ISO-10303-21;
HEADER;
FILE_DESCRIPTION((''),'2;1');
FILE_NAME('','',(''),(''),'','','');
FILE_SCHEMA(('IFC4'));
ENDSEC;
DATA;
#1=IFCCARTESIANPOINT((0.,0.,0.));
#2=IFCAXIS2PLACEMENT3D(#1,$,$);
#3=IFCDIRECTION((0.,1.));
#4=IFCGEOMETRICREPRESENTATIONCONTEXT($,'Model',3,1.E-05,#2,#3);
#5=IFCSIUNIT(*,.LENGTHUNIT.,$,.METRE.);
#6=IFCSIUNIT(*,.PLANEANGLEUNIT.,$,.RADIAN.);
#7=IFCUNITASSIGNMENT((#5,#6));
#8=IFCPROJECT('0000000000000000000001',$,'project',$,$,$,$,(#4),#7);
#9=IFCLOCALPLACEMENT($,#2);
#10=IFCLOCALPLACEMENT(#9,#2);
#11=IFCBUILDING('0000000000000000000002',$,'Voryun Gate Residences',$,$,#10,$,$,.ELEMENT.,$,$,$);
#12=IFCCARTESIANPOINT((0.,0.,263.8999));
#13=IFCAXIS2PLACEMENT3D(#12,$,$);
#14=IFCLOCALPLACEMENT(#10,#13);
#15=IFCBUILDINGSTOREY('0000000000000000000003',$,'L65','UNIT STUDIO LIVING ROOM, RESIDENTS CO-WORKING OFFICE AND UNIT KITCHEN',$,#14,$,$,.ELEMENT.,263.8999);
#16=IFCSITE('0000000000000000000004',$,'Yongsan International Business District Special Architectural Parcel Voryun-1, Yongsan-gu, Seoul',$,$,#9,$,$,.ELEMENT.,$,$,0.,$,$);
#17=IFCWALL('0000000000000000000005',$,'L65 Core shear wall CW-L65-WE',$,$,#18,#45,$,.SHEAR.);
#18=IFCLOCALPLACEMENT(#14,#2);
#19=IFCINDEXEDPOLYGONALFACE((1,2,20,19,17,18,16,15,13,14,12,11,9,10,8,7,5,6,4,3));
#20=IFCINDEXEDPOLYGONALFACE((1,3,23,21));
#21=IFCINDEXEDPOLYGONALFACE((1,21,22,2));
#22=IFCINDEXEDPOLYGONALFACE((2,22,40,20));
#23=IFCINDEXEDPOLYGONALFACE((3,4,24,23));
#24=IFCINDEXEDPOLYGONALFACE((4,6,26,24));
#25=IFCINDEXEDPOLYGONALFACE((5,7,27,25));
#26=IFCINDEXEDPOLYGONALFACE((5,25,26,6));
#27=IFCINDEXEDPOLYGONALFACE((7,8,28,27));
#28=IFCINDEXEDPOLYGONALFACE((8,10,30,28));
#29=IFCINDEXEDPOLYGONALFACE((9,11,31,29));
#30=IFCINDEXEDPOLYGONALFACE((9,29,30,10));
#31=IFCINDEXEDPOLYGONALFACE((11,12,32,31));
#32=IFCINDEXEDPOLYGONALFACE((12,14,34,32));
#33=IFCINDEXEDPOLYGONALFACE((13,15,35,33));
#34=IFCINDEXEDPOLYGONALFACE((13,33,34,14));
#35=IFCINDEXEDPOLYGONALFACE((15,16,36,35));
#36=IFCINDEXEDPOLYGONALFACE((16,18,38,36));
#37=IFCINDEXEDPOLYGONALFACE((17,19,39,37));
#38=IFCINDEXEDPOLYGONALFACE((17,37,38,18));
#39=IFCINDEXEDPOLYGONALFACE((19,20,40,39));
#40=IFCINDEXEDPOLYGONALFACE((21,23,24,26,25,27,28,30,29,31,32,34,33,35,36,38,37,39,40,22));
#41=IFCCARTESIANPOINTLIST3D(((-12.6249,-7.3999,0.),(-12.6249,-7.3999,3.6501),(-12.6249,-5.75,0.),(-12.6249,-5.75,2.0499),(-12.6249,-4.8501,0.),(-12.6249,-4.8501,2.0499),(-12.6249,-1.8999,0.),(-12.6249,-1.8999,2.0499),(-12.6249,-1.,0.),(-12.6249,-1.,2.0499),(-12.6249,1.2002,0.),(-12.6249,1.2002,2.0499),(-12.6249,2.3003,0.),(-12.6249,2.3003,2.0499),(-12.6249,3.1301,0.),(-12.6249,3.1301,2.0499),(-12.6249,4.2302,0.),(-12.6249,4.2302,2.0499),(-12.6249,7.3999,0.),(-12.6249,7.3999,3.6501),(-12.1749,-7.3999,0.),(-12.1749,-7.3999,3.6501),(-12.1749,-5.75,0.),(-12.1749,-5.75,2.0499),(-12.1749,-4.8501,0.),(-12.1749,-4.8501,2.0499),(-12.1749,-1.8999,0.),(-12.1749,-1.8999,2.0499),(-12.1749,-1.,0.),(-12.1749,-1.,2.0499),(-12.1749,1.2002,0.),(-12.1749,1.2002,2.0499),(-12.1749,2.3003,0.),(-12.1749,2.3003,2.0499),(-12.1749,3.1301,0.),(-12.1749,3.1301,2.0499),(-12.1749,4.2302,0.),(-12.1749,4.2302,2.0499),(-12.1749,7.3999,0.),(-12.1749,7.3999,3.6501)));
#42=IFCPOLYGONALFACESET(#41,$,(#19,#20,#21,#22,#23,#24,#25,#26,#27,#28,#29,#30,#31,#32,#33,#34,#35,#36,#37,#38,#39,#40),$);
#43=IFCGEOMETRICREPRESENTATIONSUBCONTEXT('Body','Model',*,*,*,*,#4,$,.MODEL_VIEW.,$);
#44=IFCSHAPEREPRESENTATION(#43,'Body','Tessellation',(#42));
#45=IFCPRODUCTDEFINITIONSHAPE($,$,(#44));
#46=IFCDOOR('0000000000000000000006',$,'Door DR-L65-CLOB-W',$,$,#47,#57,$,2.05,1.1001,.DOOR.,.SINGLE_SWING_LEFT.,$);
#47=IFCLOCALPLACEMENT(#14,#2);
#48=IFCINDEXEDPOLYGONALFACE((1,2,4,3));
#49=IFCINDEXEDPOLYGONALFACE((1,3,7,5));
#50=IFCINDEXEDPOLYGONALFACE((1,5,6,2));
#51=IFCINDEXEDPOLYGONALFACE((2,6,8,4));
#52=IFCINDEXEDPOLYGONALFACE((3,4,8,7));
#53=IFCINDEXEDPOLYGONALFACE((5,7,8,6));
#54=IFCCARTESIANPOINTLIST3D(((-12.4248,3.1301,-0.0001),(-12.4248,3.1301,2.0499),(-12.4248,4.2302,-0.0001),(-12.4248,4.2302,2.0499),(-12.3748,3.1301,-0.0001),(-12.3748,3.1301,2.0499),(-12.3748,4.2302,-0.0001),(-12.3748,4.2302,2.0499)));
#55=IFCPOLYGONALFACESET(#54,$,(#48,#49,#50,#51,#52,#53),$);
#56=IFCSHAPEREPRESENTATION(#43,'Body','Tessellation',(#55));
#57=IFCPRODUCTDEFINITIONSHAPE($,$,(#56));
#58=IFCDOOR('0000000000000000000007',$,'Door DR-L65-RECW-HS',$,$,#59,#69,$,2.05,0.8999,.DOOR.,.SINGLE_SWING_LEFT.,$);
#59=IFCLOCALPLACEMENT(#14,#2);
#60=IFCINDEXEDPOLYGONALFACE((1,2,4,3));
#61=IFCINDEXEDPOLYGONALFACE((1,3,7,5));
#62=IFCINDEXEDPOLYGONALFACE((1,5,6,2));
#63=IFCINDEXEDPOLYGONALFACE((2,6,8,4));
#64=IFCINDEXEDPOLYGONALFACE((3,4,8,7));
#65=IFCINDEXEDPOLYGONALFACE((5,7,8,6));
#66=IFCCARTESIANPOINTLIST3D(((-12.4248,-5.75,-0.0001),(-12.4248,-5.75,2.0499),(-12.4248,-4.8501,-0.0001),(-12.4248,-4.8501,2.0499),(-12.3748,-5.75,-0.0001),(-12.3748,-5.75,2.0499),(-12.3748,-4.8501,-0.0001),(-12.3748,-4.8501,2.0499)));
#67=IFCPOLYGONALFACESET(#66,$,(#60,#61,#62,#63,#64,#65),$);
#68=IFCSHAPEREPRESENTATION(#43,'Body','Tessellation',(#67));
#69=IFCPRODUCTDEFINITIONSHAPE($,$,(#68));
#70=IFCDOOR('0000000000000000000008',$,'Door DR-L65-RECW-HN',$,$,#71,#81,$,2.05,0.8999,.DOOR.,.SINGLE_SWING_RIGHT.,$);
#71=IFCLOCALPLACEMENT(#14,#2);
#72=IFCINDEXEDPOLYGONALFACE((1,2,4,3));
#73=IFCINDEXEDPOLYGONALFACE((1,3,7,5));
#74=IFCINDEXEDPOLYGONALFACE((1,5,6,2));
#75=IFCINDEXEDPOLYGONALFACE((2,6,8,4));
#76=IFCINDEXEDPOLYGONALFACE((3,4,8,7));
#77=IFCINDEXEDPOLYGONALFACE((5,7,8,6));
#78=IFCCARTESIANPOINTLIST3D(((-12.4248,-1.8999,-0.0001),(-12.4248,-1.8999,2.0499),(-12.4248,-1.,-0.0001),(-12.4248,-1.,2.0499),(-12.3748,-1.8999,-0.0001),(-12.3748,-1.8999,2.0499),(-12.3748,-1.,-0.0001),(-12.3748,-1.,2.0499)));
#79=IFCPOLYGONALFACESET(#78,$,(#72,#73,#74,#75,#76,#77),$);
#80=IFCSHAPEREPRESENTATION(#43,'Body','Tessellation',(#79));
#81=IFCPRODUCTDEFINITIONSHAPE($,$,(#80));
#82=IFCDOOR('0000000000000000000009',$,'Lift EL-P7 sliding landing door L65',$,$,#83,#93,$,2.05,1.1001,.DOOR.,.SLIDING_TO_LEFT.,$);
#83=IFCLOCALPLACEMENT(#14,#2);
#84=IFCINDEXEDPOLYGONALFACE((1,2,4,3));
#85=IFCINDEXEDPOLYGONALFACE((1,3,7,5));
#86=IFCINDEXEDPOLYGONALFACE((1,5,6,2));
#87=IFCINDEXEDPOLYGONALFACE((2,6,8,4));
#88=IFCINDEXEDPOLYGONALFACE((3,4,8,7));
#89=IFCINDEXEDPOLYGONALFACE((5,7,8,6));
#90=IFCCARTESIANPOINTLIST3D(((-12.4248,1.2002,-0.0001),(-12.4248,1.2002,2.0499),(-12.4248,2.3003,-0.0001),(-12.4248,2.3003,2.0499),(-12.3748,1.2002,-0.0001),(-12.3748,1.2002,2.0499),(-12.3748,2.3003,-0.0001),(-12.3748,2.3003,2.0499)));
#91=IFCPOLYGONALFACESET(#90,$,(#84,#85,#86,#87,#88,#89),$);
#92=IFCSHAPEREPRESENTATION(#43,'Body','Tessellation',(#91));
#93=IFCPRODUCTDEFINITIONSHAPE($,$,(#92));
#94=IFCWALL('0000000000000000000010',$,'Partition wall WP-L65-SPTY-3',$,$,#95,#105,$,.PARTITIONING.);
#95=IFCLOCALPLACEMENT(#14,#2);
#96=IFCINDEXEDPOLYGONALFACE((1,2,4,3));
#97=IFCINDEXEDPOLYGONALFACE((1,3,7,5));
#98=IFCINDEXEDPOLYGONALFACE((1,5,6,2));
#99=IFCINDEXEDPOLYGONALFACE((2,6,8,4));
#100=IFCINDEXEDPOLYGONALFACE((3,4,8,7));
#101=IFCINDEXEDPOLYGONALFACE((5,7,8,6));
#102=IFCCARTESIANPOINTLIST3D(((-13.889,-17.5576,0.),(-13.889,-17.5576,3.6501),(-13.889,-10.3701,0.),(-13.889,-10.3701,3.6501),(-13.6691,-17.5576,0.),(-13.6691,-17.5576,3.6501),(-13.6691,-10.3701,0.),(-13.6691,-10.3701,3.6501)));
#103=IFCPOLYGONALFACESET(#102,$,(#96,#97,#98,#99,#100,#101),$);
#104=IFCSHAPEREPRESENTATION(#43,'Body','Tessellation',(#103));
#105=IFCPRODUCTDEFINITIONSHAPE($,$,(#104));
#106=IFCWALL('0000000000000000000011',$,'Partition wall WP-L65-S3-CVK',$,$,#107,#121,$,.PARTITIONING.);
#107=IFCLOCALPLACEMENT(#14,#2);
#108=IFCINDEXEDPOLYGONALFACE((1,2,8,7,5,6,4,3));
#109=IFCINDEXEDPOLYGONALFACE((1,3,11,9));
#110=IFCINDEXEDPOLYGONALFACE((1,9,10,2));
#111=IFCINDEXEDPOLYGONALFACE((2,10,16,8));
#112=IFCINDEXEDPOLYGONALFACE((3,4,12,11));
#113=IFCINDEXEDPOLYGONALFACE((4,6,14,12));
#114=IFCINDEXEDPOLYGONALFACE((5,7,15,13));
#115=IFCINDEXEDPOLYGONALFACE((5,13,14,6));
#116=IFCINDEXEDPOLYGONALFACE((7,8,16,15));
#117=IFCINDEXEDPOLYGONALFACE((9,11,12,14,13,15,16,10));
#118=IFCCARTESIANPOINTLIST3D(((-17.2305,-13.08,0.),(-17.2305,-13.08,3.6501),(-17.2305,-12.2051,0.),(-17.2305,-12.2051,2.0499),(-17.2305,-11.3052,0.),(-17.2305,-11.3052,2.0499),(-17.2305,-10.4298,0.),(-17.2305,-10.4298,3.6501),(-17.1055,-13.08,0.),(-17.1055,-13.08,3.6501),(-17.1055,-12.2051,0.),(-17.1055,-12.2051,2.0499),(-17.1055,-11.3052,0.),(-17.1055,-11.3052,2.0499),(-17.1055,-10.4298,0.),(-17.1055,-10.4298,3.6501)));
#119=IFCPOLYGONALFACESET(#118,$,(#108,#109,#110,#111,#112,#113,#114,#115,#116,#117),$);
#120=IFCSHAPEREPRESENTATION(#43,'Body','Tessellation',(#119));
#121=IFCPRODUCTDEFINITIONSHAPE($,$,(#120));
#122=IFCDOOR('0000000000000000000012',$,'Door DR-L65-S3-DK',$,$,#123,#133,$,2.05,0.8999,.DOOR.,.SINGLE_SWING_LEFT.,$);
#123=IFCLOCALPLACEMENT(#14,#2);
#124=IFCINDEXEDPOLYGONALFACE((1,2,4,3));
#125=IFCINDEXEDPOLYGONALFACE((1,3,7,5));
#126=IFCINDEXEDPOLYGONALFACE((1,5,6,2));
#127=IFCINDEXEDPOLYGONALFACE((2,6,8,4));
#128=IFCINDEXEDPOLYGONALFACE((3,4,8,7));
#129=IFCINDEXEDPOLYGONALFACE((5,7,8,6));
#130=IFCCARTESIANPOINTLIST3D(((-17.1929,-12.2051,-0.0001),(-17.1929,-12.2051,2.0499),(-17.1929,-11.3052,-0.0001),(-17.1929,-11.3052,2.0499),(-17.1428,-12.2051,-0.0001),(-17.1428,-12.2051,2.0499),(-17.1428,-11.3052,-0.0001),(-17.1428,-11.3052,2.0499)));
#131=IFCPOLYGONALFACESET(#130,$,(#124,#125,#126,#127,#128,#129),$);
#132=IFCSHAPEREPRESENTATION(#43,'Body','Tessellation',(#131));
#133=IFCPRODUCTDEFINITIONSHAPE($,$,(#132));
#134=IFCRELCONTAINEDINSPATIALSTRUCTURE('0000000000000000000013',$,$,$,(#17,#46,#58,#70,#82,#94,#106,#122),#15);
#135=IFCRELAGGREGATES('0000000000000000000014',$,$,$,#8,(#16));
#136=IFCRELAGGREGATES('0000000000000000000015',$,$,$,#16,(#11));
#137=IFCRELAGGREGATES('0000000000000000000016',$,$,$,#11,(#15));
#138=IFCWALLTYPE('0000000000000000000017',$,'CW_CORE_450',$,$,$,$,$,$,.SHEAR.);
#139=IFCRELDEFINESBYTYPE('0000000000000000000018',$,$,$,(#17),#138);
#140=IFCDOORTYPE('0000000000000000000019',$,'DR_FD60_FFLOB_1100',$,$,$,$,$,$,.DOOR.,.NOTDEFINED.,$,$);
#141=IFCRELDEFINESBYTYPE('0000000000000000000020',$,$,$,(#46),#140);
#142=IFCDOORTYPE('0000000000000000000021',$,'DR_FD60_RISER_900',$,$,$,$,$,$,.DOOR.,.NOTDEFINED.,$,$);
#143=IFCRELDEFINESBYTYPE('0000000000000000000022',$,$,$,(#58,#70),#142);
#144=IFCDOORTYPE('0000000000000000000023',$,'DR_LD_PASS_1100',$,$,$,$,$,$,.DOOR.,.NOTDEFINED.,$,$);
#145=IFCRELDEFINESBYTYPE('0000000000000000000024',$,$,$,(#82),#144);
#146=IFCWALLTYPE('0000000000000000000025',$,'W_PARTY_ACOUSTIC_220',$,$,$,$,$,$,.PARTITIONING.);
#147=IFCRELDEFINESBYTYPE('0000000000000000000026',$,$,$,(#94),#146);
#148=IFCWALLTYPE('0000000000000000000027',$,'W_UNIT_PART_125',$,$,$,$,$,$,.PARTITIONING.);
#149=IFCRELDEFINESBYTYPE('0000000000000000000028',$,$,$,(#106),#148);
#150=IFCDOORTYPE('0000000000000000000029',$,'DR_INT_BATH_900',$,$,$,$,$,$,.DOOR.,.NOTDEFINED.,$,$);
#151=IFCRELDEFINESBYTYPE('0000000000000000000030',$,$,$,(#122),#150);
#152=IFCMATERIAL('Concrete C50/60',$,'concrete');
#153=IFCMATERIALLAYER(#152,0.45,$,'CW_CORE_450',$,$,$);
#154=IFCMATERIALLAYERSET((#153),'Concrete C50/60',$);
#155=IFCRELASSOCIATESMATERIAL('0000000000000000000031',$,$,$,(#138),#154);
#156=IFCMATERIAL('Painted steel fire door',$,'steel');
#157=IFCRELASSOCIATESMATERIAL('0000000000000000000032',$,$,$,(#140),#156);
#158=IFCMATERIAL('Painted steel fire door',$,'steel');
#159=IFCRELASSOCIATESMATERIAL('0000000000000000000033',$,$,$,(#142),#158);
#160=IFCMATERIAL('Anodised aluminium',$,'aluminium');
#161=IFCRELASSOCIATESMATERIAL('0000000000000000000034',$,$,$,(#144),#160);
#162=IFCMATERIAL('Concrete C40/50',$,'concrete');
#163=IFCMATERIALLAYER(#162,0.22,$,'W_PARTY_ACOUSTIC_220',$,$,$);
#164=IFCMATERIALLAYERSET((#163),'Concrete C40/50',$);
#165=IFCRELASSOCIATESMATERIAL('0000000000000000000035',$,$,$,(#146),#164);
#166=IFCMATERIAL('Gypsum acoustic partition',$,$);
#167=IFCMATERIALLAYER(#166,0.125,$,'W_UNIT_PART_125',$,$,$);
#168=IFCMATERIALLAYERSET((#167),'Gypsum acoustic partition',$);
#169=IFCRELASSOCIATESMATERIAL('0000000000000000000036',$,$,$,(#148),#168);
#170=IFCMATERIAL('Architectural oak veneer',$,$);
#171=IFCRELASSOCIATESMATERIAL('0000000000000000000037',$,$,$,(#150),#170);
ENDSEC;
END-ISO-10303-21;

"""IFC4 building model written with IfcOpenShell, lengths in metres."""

from ifc_helpers import new_model, si_unit, direction, frame, frame_2d, origin, place, context, subcontext, project, spatial, rectangle, extrude, material, layer, layer_set, type_object, element, fill, save


model = new_model("IFC4")

# Units and contexts
model_context = context("Model", 3, precision=1e-05, world=origin(), true_north=direction((0.0, 1.0)))
body_context = subcontext(model_context, "Body", "Model", "MODEL_VIEW")
ifc_project = project(units=[si_unit("LENGTHUNIT", "METRE"), si_unit("PLANEANGLEUNIT", "RADIAN")], contexts=[model_context])

# Site, building, storey
site_placement = place(None, origin())
site = spatial("IfcSite", under=ifc_project, at=site_placement, Name="Yongsan International Business District Special Architectural Parcel Voryun-1, Yongsan-gu, Seoul", CompositionType="ELEMENT", RefElevation=0.0)
building_placement = place(site_placement, origin())
building = spatial("IfcBuilding", under=site, at=building_placement, Name="Voryun Gate Residences", CompositionType="ELEMENT")
storey_placement = place(building_placement, frame((0.0, 0.0, 263.8999)))
storey = spatial("IfcBuildingStorey", under=building, at=storey_placement, Name="L65", Description="UNIT STUDIO LIVING ROOM, RESIDENTS CO-WORKING OFFICE AND UNIT KITCHEN", CompositionType="ELEMENT", Elevation=263.8999)

# Wall, openings, doors
ifc_material_1 = material(Name="Concrete C50/60", Category="concrete")
ifc_layer_1 = layer(ifc_material_1, 0.45, Name="CW_CORE_450")
ifc_layer_set_1 = layer_set([ifc_layer_1], Name="Concrete C50/60")
wall_type_1 = type_object("IfcWallType", Name="CW_CORE_450", PredefinedType="SHEAR", material=ifc_layer_set_1)
wall_1_placement = place(storey_placement, frame((-12.3999, -7.3999, 0.0), z_axis=(0.0, 0.0, 1.0), x_axis=(0.0, 1.0, 0.0)))
wall_1 = element("IfcWall", 1, at=wall_1_placement, inside=storey, type_object=wall_type_1, Name="L65 Core shear wall CW-L65-WE", PredefinedType="SHEAR", context=body_context, shape_type="SweptSolid", body=[
    extrude(rectangle(XDim=14.7998, YDim=0.45, at=frame_2d((7.3999, 0.0))), origin(), (0.0, 0.0, 1.0), 3.6501),
])
opening_1_placement = place(wall_1_placement, frame((8.6001, 0.0, 0.0)))
opening_1 = element("IfcOpeningElement", 2, at=opening_1_placement, cuts=wall_1, PredefinedType="OPENING", context=body_context, shape_type="SweptSolid", body=[
    extrude(rectangle(XDim=1.1001, YDim=2.05, at=frame_2d((0.55, 1.0249))), frame((0.0, 0.2351, 0.0), z_axis=(0.0, -1.0, 0.0), x_axis=(1.0, 0.0, 0.0)), (0.0, 0.0, 1.0), 0.47),
])
opening_2_placement = place(wall_1_placement, frame((10.53, 0.0, 0.0)))
opening_2 = element("IfcOpeningElement", 3, at=opening_2_placement, cuts=wall_1, PredefinedType="OPENING", context=body_context, shape_type="SweptSolid", body=[
    extrude(rectangle(XDim=1.1001, YDim=2.05, at=frame_2d((0.55, 1.0249))), frame((0.0, 0.2351, 0.0), z_axis=(0.0, -1.0, 0.0), x_axis=(1.0, 0.0, 0.0)), (0.0, 0.0, 1.0), 0.47),
])
opening_3_placement = place(wall_1_placement, frame((1.6499, 0.0, 0.0)))
opening_3 = element("IfcOpeningElement", 4, at=opening_3_placement, cuts=wall_1, PredefinedType="OPENING", context=body_context, shape_type="SweptSolid", body=[
    extrude(rectangle(XDim=0.8999, YDim=2.05, at=frame_2d((0.45, 1.0249))), frame((0.0, 0.2351, 0.0), z_axis=(0.0, -1.0, 0.0), x_axis=(1.0, 0.0, 0.0)), (0.0, 0.0, 1.0), 0.47),
])
opening_4_placement = place(wall_1_placement, frame((5.5, 0.0, 0.0)))
opening_4 = element("IfcOpeningElement", 5, at=opening_4_placement, cuts=wall_1, PredefinedType="OPENING", context=body_context, shape_type="SweptSolid", body=[
    extrude(rectangle(XDim=0.8999, YDim=2.05, at=frame_2d((0.45, 1.0249))), frame((0.0, 0.2351, 0.0), z_axis=(0.0, -1.0, 0.0), x_axis=(1.0, 0.0, 0.0)), (0.0, 0.0, 1.0), 0.47),
])
ifc_material_2 = material(Name="Painted steel fire door", Category="steel")
door_type_1 = type_object("IfcDoorType", Name="DR_FD60_FFLOB_1100", OperationType="NOTDEFINED", PredefinedType="DOOR", material=ifc_material_2)
door_1_placement = place(opening_2_placement, origin())
door_1 = element("IfcDoor", 6, at=door_1_placement, inside=storey, type_object=door_type_1, Name="Door DR-L65-CLOB-W", OperationType="SINGLE_SWING_LEFT", OverallHeight=2.05, OverallWidth=1.1001, PredefinedType="DOOR", context=body_context, shape_type="SweptSolid", body=[
    extrude(rectangle(XDim=1.1001, YDim=2.05, at=frame_2d((0.55, 1.0249))), frame((0.0, 0.0249, 0.0), z_axis=(0.0, -1.0, 0.0), x_axis=(1.0, 0.0, 0.0)), (0.0, 0.0, 1.0), 0.05),
])
fill(opening_2, door_1)
ifc_material_3 = material(Name="Painted steel fire door", Category="steel")
door_type_2 = type_object("IfcDoorType", Name="DR_FD60_RISER_900", OperationType="NOTDEFINED", PredefinedType="DOOR", material=ifc_material_3)
door_2_placement = place(opening_3_placement, origin())
door_2 = element("IfcDoor", 7, at=door_2_placement, inside=storey, type_object=door_type_2, Name="Door DR-L65-RECW-HS", OperationType="SINGLE_SWING_LEFT", OverallHeight=2.05, OverallWidth=0.8999, PredefinedType="DOOR", context=body_context, shape_type="SweptSolid", body=[
    extrude(rectangle(XDim=0.8999, YDim=2.05, at=frame_2d((0.45, 1.0249))), frame((0.0, 0.0249, 0.0), z_axis=(0.0, -1.0, 0.0), x_axis=(1.0, 0.0, 0.0)), (0.0, 0.0, 1.0), 0.05),
])
fill(opening_3, door_2)
door_3_placement = place(opening_4_placement, origin())
door_3 = element("IfcDoor", 8, at=door_3_placement, inside=storey, type_object=door_type_2, Name="Door DR-L65-RECW-HN", OperationType="SINGLE_SWING_RIGHT", OverallHeight=2.05, OverallWidth=0.8999, PredefinedType="DOOR", context=body_context, shape_type="SweptSolid", body=[
    extrude(rectangle(XDim=0.8999, YDim=2.05, at=frame_2d((0.45, 1.0249))), frame((0.0, 0.0249, 0.0), z_axis=(0.0, -1.0, 0.0), x_axis=(1.0, 0.0, 0.0)), (0.0, 0.0, 1.0), 0.05),
])
fill(opening_4, door_3)
ifc_material_4 = material(Name="Anodised aluminium", Category="aluminium")
door_type_3 = type_object("IfcDoorType", Name="DR_LD_PASS_1100", OperationType="NOTDEFINED", PredefinedType="DOOR", material=ifc_material_4)
door_4_placement = place(opening_1_placement, origin())
door_4 = element("IfcDoor", 9, at=door_4_placement, inside=storey, type_object=door_type_3, Name="Lift EL-P7 sliding landing door L65", OperationType="SLIDING_TO_LEFT", OverallHeight=2.05, OverallWidth=1.1001, PredefinedType="DOOR", context=body_context, shape_type="SweptSolid", body=[
    extrude(rectangle(XDim=1.1001, YDim=2.05, at=frame_2d((0.55, 1.0249))), frame((0.0, 0.0249, 0.0), z_axis=(0.0, -1.0, 0.0), x_axis=(1.0, 0.0, 0.0)), (0.0, 0.0, 1.0), 0.05),
])
fill(opening_1, door_4)

# Wall
ifc_material_5 = material(Name="Concrete C40/50", Category="concrete")
ifc_layer_2 = layer(ifc_material_5, 0.22, Name="W_PARTY_ACOUSTIC_220")
ifc_layer_set_2 = layer_set([ifc_layer_2], Name="Concrete C40/50")
wall_type_2 = type_object("IfcWallType", Name="W_PARTY_ACOUSTIC_220", PredefinedType="PARTITIONING", material=ifc_layer_set_2)
wall_2_placement = place(storey_placement, frame((-13.7791, -17.5576, 0.0), z_axis=(0.0, 0.0, 1.0), x_axis=(0.0, 1.0, 0.0)))
element("IfcWall", 10, at=wall_2_placement, inside=storey, type_object=wall_type_2, Name="Partition wall WP-L65-SPTY-3", PredefinedType="PARTITIONING", context=body_context, shape_type="SweptSolid", body=[
    extrude(rectangle(XDim=7.1875, YDim=0.22, at=frame_2d((3.5938, 0.0))), origin(), (0.0, 0.0, 1.0), 3.6501),
])

# Wall, opening, door
ifc_material_6 = material(Name="Gypsum acoustic partition")
ifc_layer_3 = layer(ifc_material_6, 0.125, Name="W_UNIT_PART_125")
ifc_layer_set_3 = layer_set([ifc_layer_3], Name="Gypsum acoustic partition")
wall_type_3 = type_object("IfcWallType", Name="W_UNIT_PART_125", PredefinedType="PARTITIONING", material=ifc_layer_set_3)
wall_3_placement = place(storey_placement, frame((-17.168, -13.0801, 0.0), z_axis=(0.0, 0.0, 1.0), x_axis=(0.0, 1.0, 0.0)))
wall_3 = element("IfcWall", 11, at=wall_3_placement, inside=storey, type_object=wall_type_3, Name="Partition wall WP-L65-S3-CVK", PredefinedType="PARTITIONING", context=body_context, shape_type="SweptSolid", body=[
    extrude(rectangle(XDim=2.6501, YDim=0.125, at=frame_2d((1.3252, 0.0))), origin(), (0.0, 0.0, 1.0), 3.6501),
])
opening_5_placement = place(wall_3_placement, frame((0.875, 0.0, 0.0)))
opening_5 = element("IfcOpeningElement", 12, at=opening_5_placement, cuts=wall_3, PredefinedType="OPENING", context=body_context, shape_type="SweptSolid", body=[
    extrude(rectangle(XDim=0.8999, YDim=2.05, at=frame_2d((0.45, 1.0249))), frame((0.0, 0.0725, 0.0), z_axis=(0.0, -1.0, 0.0), x_axis=(1.0, 0.0, 0.0)), (0.0, 0.0, 1.0), 0.145),
])
ifc_material_7 = material(Name="Architectural oak veneer")
door_type_4 = type_object("IfcDoorType", Name="DR_INT_BATH_900", OperationType="NOTDEFINED", PredefinedType="DOOR", material=ifc_material_7)
door_5_placement = place(opening_5_placement, origin())
door_5 = element("IfcDoor", 13, at=door_5_placement, inside=storey, type_object=door_type_4, Name="Door DR-L65-S3-DK", OperationType="SINGLE_SWING_LEFT", OverallHeight=2.05, OverallWidth=0.8999, PredefinedType="DOOR", context=body_context, shape_type="SweptSolid", body=[
    extrude(rectangle(XDim=0.8999, YDim=2.05, at=frame_2d((0.45, 1.0249))), frame((0.0, 0.0249, 0.0), z_axis=(0.0, -1.0, 0.0), x_axis=(1.0, 0.0, 0.0)), (0.0, 0.0, 1.0), 0.05),
])
fill(opening_5, door_5)

save(model, "model.ifc")
